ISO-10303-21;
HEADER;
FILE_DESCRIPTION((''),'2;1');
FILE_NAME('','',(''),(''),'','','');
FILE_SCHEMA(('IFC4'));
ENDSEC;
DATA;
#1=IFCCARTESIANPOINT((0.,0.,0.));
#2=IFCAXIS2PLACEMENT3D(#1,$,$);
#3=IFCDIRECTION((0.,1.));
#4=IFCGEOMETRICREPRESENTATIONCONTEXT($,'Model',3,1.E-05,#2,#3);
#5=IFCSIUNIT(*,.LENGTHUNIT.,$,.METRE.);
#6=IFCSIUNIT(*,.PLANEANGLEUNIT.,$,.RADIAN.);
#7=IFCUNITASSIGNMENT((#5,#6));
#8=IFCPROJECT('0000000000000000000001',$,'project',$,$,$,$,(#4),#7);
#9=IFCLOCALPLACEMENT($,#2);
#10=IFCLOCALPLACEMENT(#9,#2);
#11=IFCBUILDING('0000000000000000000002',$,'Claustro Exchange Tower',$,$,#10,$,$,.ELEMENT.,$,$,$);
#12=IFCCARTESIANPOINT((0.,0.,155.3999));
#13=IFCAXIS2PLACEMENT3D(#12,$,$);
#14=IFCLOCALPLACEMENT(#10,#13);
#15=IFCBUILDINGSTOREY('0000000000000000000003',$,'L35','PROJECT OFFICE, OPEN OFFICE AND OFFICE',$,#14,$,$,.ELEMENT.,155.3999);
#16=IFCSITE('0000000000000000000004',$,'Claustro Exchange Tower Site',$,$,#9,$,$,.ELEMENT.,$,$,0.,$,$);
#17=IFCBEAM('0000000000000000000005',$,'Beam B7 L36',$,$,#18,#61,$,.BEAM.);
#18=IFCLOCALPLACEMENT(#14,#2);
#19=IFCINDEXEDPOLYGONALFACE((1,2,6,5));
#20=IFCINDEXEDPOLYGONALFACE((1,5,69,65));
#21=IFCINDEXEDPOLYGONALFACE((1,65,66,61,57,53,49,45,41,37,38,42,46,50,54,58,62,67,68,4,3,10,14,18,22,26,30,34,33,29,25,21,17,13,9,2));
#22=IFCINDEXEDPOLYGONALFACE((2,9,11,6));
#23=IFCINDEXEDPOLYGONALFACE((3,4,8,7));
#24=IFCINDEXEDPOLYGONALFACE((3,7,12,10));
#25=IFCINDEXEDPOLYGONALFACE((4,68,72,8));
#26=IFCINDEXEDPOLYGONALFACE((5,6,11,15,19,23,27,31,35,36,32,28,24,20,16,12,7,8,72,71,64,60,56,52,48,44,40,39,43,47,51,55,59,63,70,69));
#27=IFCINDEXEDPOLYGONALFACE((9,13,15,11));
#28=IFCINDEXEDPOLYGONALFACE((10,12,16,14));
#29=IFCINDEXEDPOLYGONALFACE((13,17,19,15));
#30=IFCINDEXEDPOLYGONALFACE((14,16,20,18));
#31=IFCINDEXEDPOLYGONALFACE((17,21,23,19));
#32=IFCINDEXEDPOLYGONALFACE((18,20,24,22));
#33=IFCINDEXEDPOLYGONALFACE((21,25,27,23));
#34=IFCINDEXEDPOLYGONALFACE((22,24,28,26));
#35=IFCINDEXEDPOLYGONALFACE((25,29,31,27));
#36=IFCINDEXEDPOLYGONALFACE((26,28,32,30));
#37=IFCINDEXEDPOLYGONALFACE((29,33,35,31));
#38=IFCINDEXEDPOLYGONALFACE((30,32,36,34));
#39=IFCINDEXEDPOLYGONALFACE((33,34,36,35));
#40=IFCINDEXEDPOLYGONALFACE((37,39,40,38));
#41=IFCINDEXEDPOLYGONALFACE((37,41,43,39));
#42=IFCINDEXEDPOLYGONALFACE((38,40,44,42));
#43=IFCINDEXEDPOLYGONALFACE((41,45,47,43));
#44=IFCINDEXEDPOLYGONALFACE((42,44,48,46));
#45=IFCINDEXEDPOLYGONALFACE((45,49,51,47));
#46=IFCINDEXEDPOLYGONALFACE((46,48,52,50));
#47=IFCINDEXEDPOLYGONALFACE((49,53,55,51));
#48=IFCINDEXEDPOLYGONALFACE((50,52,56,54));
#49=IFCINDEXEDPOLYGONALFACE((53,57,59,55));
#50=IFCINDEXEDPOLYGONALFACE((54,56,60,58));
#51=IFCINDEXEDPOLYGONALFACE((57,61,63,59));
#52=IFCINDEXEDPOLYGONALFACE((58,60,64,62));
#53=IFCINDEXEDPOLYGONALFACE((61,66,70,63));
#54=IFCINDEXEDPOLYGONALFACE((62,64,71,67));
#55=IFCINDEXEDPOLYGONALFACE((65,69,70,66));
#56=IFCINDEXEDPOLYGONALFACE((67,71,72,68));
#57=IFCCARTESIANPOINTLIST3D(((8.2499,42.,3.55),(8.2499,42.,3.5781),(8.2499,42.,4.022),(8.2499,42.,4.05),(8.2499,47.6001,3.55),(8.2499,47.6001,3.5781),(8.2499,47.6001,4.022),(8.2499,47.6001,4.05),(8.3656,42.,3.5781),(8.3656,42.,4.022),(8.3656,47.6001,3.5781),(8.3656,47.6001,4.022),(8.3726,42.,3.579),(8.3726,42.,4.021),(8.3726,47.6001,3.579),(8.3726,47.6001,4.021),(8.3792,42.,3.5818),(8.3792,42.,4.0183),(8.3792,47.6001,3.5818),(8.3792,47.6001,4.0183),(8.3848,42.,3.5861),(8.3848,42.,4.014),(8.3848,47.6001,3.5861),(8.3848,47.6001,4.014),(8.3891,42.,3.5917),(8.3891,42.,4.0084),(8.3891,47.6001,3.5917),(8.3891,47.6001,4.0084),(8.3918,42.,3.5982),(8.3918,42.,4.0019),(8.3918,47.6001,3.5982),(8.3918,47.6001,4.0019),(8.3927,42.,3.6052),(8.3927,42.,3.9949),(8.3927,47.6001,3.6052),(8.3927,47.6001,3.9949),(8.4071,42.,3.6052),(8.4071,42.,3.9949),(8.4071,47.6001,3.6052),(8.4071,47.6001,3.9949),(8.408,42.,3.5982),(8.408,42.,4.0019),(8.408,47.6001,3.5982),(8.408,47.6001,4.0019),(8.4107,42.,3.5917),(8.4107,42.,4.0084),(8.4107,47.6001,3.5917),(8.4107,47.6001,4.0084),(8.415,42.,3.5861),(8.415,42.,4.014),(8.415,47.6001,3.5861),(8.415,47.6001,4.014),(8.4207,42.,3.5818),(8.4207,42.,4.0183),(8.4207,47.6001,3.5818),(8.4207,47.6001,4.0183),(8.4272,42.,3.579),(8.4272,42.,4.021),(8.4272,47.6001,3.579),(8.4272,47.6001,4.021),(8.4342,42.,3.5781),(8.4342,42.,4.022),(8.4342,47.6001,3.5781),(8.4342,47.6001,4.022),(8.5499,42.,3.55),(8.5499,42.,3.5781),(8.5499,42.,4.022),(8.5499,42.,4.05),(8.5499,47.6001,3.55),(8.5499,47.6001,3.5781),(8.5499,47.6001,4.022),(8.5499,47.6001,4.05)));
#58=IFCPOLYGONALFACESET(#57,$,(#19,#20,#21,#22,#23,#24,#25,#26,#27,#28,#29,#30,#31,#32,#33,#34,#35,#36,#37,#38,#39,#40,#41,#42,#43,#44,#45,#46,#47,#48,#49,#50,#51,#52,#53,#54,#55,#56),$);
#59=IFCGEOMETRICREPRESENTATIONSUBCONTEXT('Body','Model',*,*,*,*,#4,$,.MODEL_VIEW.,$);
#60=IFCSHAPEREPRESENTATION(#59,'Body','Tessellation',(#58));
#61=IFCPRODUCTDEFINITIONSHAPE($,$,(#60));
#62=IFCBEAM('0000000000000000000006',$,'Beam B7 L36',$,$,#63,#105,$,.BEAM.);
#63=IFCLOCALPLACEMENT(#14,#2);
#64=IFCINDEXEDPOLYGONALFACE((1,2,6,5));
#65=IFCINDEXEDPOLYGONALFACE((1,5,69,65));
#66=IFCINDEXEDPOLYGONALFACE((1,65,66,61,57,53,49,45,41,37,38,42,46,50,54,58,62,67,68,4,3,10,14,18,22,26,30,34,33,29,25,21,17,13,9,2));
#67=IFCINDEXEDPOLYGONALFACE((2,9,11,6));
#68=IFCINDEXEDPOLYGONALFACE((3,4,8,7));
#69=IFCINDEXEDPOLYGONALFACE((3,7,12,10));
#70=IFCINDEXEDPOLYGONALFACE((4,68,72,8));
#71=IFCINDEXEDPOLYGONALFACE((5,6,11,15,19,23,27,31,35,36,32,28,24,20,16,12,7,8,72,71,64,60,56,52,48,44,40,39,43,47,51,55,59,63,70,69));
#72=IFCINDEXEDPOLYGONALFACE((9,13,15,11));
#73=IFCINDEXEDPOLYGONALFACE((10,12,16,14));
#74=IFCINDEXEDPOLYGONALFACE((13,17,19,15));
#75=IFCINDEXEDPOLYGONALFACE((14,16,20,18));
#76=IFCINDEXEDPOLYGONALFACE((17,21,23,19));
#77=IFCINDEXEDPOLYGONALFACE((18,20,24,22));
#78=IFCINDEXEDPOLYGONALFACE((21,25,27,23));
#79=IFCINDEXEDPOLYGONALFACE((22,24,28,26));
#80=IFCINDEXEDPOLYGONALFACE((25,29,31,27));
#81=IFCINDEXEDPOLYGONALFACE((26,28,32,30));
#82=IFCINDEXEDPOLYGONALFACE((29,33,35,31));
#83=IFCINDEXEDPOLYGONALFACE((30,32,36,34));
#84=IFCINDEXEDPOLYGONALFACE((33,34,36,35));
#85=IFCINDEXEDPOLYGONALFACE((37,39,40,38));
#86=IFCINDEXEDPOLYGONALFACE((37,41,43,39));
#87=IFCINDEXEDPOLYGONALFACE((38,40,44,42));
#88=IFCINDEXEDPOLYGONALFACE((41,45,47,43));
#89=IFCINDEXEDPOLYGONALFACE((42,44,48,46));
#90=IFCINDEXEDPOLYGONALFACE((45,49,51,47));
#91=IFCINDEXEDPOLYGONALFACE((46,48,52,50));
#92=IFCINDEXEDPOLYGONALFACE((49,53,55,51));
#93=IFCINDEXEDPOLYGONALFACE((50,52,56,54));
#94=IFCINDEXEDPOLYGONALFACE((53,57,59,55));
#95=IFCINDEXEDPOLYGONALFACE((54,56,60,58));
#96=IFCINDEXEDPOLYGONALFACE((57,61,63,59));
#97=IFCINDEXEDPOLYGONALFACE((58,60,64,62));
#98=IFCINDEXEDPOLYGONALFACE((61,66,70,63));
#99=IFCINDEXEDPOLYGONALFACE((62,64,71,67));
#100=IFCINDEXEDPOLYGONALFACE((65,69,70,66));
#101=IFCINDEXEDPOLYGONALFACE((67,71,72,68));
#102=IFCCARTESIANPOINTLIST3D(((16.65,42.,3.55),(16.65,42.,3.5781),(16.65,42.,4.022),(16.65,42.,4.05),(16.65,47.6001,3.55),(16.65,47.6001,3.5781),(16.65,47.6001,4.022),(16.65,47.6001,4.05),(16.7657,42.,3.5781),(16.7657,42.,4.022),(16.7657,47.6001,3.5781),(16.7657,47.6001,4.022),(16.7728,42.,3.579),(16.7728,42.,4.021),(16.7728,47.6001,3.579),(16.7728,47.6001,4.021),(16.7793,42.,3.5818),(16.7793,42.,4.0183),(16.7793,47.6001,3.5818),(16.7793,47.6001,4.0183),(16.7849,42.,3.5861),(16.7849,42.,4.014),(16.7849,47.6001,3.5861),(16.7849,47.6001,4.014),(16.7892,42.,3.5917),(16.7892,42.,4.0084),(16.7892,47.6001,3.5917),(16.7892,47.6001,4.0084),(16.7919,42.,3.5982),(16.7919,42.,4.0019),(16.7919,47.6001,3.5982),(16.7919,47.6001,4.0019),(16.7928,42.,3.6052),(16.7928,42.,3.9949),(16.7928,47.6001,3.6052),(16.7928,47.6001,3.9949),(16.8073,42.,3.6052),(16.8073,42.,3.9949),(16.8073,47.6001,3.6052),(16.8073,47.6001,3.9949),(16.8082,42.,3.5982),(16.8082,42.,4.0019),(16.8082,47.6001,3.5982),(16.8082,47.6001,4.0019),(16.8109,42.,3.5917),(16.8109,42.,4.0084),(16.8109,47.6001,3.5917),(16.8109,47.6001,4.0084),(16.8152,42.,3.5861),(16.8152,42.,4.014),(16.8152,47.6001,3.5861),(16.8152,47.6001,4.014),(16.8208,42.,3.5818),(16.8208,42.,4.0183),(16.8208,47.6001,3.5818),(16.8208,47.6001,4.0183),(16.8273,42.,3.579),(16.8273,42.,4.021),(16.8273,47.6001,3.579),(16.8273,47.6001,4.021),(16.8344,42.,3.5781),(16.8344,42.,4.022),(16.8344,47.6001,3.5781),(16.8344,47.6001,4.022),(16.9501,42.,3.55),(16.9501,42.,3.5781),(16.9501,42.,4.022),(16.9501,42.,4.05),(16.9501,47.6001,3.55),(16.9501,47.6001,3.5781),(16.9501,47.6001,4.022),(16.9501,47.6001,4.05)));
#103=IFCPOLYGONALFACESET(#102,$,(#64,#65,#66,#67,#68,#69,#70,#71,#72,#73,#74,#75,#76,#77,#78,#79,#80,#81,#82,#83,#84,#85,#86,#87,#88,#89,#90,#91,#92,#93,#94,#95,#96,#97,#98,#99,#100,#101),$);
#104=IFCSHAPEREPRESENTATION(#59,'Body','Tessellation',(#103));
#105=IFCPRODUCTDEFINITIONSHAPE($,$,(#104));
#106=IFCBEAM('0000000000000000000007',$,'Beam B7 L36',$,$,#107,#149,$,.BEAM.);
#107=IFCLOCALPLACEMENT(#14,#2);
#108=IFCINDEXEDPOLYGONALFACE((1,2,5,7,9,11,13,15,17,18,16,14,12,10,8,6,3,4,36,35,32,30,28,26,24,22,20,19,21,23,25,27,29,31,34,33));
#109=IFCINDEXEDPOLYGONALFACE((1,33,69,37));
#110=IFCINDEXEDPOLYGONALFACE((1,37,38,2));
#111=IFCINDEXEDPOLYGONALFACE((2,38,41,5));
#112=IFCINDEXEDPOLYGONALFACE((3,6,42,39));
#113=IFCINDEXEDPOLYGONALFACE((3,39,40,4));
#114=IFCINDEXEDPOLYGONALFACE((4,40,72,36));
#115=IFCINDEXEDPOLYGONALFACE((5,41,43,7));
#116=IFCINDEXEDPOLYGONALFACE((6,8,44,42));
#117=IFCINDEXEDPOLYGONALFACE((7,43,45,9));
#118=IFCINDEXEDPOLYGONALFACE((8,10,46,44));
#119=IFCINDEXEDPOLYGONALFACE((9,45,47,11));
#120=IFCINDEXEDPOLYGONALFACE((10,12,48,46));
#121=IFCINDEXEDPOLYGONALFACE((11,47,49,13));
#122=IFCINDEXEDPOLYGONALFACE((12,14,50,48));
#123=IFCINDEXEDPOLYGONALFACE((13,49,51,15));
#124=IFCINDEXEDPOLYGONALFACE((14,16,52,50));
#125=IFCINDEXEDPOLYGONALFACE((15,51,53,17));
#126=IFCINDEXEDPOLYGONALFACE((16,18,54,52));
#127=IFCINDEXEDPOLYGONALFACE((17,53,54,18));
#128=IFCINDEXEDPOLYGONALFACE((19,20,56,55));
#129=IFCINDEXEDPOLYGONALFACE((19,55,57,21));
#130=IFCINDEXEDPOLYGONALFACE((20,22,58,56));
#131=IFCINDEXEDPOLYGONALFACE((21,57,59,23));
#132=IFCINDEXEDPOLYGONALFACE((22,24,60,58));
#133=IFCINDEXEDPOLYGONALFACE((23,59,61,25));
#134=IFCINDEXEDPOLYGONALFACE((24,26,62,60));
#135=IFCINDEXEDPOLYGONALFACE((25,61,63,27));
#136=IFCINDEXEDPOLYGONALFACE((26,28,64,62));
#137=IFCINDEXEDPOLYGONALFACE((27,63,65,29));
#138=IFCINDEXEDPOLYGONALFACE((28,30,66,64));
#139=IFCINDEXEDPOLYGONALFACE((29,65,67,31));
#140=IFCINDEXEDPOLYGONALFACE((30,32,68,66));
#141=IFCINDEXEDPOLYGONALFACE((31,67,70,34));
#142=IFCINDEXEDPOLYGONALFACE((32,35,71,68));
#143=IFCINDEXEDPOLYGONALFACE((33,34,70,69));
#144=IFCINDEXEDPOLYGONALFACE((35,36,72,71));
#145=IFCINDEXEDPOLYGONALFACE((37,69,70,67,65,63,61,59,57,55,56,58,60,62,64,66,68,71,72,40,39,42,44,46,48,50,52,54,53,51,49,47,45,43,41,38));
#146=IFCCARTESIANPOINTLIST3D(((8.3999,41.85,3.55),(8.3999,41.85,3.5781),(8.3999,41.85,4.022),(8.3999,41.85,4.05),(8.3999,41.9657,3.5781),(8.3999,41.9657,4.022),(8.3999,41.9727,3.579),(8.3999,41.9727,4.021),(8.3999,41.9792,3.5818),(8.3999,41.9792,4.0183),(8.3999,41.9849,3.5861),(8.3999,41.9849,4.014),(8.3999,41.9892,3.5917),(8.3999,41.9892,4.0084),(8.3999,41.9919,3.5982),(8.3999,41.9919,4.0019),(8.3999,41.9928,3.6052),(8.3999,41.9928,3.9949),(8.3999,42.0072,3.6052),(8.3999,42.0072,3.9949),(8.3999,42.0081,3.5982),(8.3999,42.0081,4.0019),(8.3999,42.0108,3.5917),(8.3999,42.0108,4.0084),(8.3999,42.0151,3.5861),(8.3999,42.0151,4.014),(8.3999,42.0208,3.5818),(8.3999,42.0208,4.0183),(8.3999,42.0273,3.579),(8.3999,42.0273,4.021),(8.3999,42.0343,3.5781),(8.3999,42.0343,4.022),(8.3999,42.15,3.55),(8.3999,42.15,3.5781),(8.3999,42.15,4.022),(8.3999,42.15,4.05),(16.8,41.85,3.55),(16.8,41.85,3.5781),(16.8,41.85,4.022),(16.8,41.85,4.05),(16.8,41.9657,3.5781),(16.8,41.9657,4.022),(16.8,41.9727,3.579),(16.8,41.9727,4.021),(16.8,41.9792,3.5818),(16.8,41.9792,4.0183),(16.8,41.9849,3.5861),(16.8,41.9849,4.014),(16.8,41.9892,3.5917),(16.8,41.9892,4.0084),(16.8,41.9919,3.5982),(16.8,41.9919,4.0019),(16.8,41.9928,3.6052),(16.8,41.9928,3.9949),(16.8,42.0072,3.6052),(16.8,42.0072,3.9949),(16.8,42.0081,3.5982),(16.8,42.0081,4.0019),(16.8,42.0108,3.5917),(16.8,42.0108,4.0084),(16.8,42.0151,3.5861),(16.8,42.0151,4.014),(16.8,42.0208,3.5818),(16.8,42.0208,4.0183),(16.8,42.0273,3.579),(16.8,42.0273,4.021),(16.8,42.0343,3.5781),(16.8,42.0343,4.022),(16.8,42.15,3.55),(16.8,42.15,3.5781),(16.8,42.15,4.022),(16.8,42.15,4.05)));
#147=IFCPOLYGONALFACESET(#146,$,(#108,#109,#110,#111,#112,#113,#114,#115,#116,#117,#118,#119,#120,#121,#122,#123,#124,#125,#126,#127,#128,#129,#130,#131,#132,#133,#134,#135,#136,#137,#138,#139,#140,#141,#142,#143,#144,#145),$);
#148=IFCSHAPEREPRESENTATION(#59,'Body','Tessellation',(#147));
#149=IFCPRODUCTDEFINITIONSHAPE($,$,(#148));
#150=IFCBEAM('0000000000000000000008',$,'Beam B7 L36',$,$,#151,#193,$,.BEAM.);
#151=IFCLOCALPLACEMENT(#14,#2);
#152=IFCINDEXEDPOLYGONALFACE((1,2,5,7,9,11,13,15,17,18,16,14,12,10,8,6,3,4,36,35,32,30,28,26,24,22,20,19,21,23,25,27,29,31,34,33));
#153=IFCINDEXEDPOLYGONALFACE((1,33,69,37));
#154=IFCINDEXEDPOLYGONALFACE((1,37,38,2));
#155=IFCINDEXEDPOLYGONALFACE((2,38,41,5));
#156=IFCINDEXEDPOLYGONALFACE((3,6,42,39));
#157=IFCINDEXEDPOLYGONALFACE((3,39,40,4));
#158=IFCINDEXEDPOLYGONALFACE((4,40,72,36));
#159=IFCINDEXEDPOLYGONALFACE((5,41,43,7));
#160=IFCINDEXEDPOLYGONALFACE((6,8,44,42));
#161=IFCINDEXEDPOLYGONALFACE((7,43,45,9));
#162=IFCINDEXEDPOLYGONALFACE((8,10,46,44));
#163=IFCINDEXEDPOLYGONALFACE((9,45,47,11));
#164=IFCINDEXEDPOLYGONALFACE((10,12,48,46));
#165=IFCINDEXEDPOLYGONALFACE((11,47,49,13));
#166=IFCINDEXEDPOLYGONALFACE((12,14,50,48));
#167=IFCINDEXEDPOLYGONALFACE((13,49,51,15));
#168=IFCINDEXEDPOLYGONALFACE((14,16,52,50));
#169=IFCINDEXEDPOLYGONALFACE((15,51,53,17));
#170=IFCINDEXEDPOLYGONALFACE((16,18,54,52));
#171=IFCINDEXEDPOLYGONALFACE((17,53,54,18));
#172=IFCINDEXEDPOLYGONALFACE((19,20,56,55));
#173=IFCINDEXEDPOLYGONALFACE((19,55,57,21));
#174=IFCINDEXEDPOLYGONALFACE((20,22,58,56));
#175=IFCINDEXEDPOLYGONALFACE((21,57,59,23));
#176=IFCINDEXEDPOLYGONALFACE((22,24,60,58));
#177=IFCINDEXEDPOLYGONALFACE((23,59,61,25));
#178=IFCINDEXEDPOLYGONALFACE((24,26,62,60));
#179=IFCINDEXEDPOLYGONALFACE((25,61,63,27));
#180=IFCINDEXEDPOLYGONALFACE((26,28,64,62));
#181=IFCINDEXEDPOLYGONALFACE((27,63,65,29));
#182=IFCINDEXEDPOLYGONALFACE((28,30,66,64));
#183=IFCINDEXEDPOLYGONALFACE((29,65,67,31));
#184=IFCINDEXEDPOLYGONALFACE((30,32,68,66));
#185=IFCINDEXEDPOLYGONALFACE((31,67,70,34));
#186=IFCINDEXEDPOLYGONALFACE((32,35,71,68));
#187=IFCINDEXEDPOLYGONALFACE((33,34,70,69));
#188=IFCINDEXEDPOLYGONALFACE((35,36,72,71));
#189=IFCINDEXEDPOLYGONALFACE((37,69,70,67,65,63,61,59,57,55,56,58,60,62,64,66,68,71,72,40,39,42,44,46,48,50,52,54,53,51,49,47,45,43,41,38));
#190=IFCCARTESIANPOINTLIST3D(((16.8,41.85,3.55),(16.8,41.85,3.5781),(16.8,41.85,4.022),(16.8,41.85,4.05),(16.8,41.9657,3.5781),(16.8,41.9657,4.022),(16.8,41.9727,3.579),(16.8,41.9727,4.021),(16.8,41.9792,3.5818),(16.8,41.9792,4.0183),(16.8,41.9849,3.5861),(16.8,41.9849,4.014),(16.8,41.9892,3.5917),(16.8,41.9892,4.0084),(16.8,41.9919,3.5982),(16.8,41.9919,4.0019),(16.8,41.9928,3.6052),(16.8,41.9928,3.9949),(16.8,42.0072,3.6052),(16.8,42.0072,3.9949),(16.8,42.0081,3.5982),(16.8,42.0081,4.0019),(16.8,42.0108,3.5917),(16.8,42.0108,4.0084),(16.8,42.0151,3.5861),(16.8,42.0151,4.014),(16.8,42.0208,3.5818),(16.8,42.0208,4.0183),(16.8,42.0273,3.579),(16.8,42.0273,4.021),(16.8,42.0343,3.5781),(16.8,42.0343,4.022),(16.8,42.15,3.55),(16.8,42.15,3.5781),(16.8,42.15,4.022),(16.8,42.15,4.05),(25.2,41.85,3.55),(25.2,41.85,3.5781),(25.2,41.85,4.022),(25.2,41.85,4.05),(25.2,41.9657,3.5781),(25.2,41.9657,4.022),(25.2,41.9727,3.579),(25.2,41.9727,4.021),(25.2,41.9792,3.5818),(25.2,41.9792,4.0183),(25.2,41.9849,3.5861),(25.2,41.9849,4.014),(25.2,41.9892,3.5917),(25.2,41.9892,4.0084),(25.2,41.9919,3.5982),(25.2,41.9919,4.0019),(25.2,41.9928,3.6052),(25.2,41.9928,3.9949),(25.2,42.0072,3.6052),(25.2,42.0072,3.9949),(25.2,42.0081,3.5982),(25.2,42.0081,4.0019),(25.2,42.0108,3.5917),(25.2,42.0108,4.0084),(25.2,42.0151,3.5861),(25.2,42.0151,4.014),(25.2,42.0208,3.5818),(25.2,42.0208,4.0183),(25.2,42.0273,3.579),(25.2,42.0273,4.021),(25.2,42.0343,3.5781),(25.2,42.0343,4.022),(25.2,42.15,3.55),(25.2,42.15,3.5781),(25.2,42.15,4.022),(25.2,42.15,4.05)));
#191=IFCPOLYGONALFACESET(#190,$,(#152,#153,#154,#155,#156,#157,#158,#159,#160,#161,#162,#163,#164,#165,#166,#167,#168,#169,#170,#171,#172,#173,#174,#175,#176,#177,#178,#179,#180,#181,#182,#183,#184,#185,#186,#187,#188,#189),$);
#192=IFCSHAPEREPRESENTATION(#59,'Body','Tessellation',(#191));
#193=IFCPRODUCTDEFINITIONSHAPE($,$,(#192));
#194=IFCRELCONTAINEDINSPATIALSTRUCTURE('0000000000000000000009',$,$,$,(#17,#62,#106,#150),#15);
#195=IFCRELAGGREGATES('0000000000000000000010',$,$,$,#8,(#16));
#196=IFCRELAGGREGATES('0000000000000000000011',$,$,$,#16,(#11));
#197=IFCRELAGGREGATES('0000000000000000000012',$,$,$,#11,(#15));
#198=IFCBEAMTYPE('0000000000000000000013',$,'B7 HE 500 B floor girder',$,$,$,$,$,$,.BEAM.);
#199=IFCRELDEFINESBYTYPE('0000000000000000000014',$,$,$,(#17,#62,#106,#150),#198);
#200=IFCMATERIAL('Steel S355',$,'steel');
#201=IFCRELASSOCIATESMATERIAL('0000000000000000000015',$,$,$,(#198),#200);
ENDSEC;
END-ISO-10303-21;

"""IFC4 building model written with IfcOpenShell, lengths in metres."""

from ifc_helpers import new_model, si_unit, direction, frame, origin, origin_2d, place, context, subcontext, project, spatial, i_section, extrude, material, material_profile, profile_set, type_object, element, save


model = new_model("IFC4")

# Units and contexts
model_context = context("Model", 3, precision=1e-05, world=origin(), true_north=direction((0.0, 1.0)))
body_context = subcontext(model_context, "Body", "Model", "MODEL_VIEW")
ifc_project = project(units=[si_unit("LENGTHUNIT", "METRE"), si_unit("PLANEANGLEUNIT", "RADIAN")], contexts=[model_context])

# Site, building, storey
site_placement = place(None, origin())
site = spatial("IfcSite", under=ifc_project, at=site_placement, Name="Claustro Exchange Tower Site", CompositionType="ELEMENT", RefElevation=0.0)
building_placement = place(site_placement, origin())
building = spatial("IfcBuilding", under=site, at=building_placement, Name="Claustro Exchange Tower", CompositionType="ELEMENT")
storey_placement = place(building_placement, frame((0.0, 0.0, 155.3999)))
storey = spatial("IfcBuildingStorey", under=building, at=storey_placement, Name="L35", Description="PROJECT OFFICE, OPEN OFFICE AND OFFICE", CompositionType="ELEMENT", Elevation=155.3999)

# Beams
ifc_material_1 = material(Name="Steel S355", Category="steel")
ifc_material_profile_1 = material_profile(ifc_material_1, i_section(OverallWidth=0.3, OverallDepth=0.5, WebThickness=0.0144, FlangeThickness=0.0281, FilletRadius=0.0271, at=origin_2d()), Name="HE 500 B")
ifc_profile_set_1 = profile_set([ifc_material_profile_1], Name="Steel S355")
beam_type_1 = type_object("IfcBeamType", Name="B7 HE 500 B floor girder", PredefinedType="BEAM", material=ifc_profile_set_1)
for number, where, z_axis, x_axis, name in (
    (1, (8.3999, 42.0, 3.8), (0.0, 1.0, 0.0), (-1.0, 0.0, 0.0), "Beam B7 L36"),
    (2, (16.8, 42.0, 3.8), (0.0, 1.0, 0.0), (-1.0, 0.0, 0.0), "Beam B7 L36"),
):
    element("IfcBeam", number, at=place(storey_placement, frame(where, z_axis=z_axis, x_axis=x_axis)), inside=storey, type_object=beam_type_1, Name=name, PredefinedType="BEAM", context=body_context, shape_type="SweptSolid", body=[
        extrude(i_section(OverallWidth=0.3, OverallDepth=0.5, WebThickness=0.0144, FlangeThickness=0.0281, FilletRadius=0.0271, at=origin_2d()), origin(), (0.0, 0.0, 1.0), 5.6001),
    ])
beam_1_placement = place(storey_placement, frame((8.3999, 42.0, 3.8), z_axis=(1.0, 0.0, 0.0), x_axis=(0.0, 1.0, 0.0)))
element("IfcBeam", 3, at=beam_1_placement, inside=storey, type_object=beam_type_1, Name="Beam B7 L36", PredefinedType="BEAM", context=body_context, shape_type="SweptSolid", body=[
    extrude(i_section(OverallWidth=0.3, OverallDepth=0.5, WebThickness=0.0144, FlangeThickness=0.0281, FilletRadius=0.0271, at=origin_2d()), origin(), (0.0, 0.0, 1.0), 8.4001),
])
beam_2_placement = place(storey_placement, frame((16.8, 42.0, 3.8), z_axis=(1.0, 0.0, 0.0), x_axis=(0.0, 1.0, 0.0)))
element("IfcBeam", 4, at=beam_2_placement, inside=storey, type_object=beam_type_1, Name="Beam B7 L36", PredefinedType="BEAM", context=body_context, shape_type="SweptSolid", body=[
    extrude(i_section(OverallWidth=0.3, OverallDepth=0.5, WebThickness=0.0144, FlangeThickness=0.0281, FilletRadius=0.0271, at=origin_2d()), origin(), (0.0, 0.0, 1.0), 8.3999),
])

save(model, "model.ifc")
